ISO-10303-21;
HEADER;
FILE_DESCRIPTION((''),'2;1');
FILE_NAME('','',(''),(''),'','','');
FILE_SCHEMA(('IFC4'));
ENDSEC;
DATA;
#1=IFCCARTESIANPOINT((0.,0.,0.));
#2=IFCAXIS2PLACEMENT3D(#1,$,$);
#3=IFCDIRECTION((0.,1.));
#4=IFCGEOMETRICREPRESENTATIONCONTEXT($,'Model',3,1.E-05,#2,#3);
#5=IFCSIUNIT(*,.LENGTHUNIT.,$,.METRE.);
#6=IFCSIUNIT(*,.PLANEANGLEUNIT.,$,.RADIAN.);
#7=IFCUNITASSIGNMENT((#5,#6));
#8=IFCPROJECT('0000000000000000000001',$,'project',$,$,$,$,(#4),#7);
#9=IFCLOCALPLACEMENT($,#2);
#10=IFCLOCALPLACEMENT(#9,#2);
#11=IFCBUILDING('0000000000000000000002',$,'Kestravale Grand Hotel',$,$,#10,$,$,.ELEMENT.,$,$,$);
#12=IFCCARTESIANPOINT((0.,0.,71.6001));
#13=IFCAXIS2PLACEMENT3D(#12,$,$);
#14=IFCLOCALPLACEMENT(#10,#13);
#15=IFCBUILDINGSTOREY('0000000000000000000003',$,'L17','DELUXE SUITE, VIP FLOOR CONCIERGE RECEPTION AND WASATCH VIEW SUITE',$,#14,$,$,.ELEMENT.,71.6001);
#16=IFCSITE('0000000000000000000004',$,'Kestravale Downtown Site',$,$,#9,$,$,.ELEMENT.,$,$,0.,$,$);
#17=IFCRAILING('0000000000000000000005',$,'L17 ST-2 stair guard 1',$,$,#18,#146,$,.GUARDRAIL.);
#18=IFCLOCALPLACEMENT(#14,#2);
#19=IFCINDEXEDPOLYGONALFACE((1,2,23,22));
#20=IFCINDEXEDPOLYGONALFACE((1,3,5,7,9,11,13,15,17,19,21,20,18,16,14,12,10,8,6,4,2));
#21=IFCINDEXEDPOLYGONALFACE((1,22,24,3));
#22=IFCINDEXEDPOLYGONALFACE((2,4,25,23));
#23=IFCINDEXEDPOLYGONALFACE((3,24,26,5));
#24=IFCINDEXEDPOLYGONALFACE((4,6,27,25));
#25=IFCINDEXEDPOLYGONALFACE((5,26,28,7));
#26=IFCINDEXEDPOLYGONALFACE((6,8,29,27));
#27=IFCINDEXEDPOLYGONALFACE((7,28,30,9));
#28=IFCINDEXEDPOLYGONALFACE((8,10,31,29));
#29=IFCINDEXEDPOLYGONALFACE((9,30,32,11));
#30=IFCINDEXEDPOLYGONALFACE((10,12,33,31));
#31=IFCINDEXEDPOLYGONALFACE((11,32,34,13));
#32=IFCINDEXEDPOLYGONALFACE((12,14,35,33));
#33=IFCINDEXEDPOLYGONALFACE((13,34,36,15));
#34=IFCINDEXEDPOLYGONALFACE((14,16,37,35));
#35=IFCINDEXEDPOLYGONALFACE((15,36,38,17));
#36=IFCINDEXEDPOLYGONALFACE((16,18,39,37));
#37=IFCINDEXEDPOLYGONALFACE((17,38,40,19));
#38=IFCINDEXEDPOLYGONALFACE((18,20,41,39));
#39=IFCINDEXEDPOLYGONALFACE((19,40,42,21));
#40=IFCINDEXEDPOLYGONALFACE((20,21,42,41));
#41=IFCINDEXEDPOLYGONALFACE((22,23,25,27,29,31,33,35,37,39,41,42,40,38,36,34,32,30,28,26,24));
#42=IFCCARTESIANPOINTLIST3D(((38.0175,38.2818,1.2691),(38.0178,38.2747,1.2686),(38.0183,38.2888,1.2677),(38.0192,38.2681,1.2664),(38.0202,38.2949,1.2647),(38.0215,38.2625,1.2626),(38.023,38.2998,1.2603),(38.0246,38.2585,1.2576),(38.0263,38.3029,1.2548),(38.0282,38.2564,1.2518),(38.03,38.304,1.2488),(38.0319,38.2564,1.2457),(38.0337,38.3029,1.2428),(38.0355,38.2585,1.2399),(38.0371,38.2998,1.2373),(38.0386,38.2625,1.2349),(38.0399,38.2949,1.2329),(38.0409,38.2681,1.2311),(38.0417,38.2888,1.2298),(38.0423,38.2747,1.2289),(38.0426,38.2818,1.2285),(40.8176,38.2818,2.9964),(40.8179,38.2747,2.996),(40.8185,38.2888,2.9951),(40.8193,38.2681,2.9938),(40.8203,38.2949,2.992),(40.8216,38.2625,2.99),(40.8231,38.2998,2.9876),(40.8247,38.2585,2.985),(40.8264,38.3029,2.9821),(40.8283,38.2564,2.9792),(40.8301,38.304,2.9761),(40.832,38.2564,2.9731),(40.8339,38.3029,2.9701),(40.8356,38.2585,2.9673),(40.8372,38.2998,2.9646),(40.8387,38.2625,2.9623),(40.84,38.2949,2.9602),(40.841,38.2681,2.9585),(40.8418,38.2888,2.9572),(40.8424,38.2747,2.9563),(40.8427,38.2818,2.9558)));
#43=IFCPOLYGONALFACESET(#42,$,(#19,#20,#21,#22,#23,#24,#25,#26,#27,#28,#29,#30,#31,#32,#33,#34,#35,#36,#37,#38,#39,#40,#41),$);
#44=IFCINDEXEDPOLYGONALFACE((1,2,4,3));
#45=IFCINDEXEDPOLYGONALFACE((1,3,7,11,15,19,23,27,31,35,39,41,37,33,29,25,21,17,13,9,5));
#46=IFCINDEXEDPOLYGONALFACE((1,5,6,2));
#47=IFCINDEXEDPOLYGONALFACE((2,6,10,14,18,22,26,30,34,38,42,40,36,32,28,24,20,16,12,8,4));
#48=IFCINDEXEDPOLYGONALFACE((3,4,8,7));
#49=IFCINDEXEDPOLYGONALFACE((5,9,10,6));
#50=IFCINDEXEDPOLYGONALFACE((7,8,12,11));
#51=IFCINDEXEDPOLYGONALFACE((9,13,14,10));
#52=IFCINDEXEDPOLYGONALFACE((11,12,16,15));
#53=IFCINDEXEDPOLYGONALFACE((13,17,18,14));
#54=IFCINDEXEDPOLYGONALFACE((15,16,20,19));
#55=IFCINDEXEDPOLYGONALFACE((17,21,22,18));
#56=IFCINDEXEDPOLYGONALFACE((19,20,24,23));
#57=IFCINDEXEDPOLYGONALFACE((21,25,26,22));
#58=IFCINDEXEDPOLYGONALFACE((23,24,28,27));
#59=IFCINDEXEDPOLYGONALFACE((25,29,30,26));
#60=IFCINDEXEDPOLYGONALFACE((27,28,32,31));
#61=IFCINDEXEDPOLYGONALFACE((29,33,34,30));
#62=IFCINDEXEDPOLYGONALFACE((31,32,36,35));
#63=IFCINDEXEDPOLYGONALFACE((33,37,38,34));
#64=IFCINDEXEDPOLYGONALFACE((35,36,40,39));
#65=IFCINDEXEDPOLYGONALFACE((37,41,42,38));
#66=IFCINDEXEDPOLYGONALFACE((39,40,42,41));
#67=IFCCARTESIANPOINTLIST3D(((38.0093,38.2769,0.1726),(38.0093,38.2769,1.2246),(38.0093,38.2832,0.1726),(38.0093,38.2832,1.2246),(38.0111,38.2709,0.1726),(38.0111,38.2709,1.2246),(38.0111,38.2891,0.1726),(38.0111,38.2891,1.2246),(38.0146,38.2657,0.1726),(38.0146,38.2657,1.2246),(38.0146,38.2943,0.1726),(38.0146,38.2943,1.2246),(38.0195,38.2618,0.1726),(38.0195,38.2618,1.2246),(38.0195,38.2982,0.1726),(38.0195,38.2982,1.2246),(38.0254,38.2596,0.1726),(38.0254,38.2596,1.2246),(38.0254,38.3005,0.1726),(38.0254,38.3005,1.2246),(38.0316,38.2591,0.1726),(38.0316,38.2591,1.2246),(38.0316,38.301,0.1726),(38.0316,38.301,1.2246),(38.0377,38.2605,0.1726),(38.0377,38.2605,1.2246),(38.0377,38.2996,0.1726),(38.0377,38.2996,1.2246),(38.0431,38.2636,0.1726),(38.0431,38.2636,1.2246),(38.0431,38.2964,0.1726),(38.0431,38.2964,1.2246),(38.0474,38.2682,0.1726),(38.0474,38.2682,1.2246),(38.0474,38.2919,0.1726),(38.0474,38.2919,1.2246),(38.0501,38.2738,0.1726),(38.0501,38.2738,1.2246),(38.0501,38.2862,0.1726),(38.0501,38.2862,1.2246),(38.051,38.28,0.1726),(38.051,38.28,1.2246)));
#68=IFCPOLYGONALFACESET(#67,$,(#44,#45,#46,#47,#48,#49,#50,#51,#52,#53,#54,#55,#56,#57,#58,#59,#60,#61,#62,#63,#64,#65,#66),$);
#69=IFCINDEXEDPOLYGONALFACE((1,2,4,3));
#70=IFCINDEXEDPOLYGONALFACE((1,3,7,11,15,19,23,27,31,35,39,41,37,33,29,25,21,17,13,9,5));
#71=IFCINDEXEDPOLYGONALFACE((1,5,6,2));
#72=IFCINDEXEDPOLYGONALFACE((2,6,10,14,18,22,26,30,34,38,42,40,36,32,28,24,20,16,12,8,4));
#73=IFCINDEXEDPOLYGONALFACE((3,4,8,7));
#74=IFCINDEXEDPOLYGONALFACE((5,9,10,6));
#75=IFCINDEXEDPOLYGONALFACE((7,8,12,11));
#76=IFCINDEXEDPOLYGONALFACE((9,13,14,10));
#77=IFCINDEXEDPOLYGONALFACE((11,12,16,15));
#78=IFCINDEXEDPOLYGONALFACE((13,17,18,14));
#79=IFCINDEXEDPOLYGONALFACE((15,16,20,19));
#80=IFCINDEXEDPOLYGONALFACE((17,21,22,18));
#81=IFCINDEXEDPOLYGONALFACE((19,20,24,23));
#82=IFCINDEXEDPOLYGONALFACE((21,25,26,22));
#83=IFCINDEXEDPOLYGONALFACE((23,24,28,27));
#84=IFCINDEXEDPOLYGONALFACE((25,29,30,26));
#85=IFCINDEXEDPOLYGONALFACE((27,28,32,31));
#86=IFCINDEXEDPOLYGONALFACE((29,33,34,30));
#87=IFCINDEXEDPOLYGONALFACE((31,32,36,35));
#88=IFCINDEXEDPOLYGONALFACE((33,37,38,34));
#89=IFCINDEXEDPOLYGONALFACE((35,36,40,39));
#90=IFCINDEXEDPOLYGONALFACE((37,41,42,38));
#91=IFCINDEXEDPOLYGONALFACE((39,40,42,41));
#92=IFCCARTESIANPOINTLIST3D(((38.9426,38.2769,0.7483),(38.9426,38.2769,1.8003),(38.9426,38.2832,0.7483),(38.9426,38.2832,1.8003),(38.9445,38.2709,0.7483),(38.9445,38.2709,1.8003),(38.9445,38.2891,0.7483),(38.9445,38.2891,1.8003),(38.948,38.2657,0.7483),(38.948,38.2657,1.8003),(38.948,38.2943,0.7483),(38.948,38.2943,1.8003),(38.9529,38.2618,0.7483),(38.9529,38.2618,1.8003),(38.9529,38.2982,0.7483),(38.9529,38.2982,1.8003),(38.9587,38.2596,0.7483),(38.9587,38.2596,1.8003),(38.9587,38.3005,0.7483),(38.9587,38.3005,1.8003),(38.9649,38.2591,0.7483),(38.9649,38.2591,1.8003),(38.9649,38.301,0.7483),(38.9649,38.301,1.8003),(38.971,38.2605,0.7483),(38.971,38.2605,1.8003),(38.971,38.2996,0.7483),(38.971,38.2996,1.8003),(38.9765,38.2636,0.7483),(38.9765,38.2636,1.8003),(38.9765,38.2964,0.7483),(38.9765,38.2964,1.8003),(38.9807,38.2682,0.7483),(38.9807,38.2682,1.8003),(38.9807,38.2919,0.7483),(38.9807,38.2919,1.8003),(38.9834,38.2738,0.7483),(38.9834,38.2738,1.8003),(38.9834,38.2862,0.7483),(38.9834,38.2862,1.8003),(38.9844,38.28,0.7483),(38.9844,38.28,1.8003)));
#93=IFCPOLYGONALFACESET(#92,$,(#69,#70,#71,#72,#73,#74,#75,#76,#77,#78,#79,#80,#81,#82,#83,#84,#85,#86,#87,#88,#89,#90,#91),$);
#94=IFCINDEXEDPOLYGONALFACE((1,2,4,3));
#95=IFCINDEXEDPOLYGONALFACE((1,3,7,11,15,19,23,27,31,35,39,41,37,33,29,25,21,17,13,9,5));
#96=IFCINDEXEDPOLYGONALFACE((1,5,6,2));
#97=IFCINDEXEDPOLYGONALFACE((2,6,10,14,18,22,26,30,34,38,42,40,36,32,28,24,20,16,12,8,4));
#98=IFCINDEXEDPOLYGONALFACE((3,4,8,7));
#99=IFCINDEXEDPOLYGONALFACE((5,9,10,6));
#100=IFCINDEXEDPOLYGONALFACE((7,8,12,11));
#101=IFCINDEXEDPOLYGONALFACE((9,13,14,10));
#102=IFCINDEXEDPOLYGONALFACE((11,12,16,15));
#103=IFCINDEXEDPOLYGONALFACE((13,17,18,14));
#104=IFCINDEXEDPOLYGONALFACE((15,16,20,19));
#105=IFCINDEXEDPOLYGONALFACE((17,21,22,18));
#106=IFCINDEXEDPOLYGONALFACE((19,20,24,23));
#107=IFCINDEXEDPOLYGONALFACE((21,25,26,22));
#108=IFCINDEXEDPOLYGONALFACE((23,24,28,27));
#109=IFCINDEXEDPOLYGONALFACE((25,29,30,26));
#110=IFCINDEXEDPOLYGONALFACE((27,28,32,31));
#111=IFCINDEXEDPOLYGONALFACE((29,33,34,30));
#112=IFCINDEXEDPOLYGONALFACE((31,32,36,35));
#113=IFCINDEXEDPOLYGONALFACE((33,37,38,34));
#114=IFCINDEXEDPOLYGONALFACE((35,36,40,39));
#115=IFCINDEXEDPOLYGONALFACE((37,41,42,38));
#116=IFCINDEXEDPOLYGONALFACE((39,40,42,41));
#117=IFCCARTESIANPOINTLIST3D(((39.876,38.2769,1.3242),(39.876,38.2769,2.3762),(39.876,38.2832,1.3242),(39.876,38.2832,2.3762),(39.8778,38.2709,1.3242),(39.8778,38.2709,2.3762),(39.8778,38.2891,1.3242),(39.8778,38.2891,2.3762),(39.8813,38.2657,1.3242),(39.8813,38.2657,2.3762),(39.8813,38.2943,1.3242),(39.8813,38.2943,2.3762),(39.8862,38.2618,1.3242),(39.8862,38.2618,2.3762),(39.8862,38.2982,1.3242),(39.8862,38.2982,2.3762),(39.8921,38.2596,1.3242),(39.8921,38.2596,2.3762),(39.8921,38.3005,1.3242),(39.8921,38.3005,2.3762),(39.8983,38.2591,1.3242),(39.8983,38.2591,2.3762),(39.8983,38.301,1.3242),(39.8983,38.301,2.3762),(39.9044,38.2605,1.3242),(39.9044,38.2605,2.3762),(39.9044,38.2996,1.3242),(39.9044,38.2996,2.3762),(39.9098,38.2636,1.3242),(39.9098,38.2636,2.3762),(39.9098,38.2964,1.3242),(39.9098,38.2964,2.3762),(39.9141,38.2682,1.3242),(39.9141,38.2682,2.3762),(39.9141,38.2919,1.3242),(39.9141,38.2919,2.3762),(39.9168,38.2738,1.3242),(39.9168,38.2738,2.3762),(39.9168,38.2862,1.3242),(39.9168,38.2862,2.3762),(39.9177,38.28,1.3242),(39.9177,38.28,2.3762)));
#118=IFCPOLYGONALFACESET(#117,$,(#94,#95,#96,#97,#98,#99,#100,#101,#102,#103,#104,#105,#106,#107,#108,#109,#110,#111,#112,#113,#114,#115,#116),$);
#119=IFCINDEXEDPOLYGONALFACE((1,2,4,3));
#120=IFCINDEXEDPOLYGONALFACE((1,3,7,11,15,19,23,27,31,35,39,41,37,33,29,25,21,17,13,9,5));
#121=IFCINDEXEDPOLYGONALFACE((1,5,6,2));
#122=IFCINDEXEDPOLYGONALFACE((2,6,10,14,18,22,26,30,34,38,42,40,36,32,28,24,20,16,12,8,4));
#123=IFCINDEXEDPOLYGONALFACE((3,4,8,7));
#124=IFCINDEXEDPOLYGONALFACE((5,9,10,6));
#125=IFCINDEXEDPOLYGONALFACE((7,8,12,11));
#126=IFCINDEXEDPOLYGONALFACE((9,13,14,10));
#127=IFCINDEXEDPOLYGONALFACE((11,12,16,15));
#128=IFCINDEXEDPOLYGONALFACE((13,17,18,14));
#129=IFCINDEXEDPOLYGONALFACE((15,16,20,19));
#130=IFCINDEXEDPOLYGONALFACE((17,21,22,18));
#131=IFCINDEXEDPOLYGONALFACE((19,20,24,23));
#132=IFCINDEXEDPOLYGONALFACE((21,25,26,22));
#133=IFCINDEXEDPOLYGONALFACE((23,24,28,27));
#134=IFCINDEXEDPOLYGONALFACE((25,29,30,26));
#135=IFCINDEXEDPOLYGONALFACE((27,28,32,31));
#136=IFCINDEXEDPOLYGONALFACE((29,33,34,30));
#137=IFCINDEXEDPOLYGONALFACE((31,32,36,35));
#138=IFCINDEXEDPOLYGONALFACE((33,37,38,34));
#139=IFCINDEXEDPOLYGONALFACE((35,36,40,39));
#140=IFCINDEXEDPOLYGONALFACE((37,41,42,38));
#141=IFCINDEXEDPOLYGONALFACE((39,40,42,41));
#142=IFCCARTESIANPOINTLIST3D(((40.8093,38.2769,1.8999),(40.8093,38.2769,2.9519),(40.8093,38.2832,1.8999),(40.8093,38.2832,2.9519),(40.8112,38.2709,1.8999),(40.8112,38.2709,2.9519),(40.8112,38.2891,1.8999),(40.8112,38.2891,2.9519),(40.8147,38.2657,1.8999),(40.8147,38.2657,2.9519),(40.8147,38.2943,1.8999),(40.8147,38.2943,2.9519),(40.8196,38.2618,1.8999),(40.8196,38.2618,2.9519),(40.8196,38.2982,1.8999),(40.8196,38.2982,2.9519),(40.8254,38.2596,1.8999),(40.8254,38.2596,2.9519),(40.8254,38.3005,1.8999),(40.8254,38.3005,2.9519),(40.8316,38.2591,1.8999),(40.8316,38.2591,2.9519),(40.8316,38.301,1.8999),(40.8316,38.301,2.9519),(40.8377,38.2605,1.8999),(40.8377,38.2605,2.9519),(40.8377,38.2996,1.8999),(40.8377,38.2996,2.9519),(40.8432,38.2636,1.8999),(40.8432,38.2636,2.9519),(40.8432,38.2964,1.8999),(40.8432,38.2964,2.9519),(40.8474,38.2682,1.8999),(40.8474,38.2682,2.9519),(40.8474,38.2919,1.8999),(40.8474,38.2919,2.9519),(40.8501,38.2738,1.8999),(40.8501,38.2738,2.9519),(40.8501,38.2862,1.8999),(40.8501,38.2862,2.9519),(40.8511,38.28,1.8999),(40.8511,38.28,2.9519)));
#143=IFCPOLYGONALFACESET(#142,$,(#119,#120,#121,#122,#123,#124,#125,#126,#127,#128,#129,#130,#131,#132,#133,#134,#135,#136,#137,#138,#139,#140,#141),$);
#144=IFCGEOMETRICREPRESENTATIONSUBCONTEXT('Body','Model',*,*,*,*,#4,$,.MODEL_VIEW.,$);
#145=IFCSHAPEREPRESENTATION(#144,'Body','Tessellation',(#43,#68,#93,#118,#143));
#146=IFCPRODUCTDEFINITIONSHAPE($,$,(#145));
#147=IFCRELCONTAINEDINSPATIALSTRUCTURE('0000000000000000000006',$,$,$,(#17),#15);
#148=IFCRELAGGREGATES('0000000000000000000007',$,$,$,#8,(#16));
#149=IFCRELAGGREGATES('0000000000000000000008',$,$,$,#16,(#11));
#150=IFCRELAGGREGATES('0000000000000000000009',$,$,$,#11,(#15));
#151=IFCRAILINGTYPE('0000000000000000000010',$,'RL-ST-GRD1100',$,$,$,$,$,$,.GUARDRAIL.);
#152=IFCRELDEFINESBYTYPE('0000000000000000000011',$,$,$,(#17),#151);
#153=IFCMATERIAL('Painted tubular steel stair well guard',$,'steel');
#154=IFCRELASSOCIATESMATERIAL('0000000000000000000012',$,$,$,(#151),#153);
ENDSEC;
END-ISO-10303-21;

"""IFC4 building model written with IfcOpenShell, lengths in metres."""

from ifc_helpers import new_model, si_unit, direction, frame, origin, origin_2d, place, context, subcontext, project, spatial, circle, extrude, material, type_object, element, save


model = new_model("IFC4")

# Units and contexts
model_context = context("Model", 3, precision=1e-05, world=origin(), true_north=direction((0.0, 1.0)))
body_context = subcontext(model_context, "Body", "Model", "MODEL_VIEW")
ifc_project = project(units=[si_unit("LENGTHUNIT", "METRE"), si_unit("PLANEANGLEUNIT", "RADIAN")], contexts=[model_context])

# Site, building, storey
site_placement = place(None, origin())
site = spatial("IfcSite", under=ifc_project, at=site_placement, Name="Kestravale Downtown Site", CompositionType="ELEMENT", RefElevation=0.0)
building_placement = place(site_placement, origin())
building = spatial("IfcBuilding", under=site, at=building_placement, Name="Kestravale Grand Hotel", CompositionType="ELEMENT")
storey_placement = place(building_placement, frame((0.0, 0.0, 71.6001)))
storey = spatial("IfcBuildingStorey", under=building, at=storey_placement, Name="L17", Description="DELUXE SUITE, VIP FLOOR CONCIERGE RECEPTION AND WASATCH VIEW SUITE", CompositionType="ELEMENT", Elevation=71.6001)

# Railing
ifc_material_1 = material(Name="Painted tubular steel stair well guard", Category="steel")
railing_type_1 = type_object("IfcRailingType", Name="RL-ST-GRD1100", PredefinedType="GUARDRAIL", material=ifc_material_1)
railing_1_placement = place(storey_placement, frame((38.03, 38.28, 0.1726)))
element("IfcRailing", 1, at=railing_1_placement, inside=storey, type_object=railing_type_1, Name="L17 ST-2 stair guard 1", PredefinedType="GUARDRAIL", context=body_context, shape_type="SweptSolid", body=[
    extrude(circle(Radius=0.0239, at=origin_2d()), frame((0.0, 0.0, 1.0762), z_axis=(0.85109, 0.0, 0.52502), x_axis=(0.0, 1.0, 0.0)), (0.0, 0.0, 1.0), 3.29),
    extrude(circle(Radius=0.021, at=origin_2d()), origin(), (0.0, 0.0, 1.0), 1.052),
    extrude(circle(Radius=0.021, at=origin_2d()), frame((0.9333, 0.0, 0.5757)), (0.0, 0.0, 1.0), 1.052),
    extrude(circle(Radius=0.021, at=origin_2d()), frame((1.8667, 0.0, 1.1516)), (0.0, 0.0, 1.0), 1.052),
    extrude(circle(Radius=0.021, at=origin_2d()), frame((2.8, 0.0, 1.7273)), (0.0, 0.0, 1.0), 1.052),
])

save(model, "model.ifc")
